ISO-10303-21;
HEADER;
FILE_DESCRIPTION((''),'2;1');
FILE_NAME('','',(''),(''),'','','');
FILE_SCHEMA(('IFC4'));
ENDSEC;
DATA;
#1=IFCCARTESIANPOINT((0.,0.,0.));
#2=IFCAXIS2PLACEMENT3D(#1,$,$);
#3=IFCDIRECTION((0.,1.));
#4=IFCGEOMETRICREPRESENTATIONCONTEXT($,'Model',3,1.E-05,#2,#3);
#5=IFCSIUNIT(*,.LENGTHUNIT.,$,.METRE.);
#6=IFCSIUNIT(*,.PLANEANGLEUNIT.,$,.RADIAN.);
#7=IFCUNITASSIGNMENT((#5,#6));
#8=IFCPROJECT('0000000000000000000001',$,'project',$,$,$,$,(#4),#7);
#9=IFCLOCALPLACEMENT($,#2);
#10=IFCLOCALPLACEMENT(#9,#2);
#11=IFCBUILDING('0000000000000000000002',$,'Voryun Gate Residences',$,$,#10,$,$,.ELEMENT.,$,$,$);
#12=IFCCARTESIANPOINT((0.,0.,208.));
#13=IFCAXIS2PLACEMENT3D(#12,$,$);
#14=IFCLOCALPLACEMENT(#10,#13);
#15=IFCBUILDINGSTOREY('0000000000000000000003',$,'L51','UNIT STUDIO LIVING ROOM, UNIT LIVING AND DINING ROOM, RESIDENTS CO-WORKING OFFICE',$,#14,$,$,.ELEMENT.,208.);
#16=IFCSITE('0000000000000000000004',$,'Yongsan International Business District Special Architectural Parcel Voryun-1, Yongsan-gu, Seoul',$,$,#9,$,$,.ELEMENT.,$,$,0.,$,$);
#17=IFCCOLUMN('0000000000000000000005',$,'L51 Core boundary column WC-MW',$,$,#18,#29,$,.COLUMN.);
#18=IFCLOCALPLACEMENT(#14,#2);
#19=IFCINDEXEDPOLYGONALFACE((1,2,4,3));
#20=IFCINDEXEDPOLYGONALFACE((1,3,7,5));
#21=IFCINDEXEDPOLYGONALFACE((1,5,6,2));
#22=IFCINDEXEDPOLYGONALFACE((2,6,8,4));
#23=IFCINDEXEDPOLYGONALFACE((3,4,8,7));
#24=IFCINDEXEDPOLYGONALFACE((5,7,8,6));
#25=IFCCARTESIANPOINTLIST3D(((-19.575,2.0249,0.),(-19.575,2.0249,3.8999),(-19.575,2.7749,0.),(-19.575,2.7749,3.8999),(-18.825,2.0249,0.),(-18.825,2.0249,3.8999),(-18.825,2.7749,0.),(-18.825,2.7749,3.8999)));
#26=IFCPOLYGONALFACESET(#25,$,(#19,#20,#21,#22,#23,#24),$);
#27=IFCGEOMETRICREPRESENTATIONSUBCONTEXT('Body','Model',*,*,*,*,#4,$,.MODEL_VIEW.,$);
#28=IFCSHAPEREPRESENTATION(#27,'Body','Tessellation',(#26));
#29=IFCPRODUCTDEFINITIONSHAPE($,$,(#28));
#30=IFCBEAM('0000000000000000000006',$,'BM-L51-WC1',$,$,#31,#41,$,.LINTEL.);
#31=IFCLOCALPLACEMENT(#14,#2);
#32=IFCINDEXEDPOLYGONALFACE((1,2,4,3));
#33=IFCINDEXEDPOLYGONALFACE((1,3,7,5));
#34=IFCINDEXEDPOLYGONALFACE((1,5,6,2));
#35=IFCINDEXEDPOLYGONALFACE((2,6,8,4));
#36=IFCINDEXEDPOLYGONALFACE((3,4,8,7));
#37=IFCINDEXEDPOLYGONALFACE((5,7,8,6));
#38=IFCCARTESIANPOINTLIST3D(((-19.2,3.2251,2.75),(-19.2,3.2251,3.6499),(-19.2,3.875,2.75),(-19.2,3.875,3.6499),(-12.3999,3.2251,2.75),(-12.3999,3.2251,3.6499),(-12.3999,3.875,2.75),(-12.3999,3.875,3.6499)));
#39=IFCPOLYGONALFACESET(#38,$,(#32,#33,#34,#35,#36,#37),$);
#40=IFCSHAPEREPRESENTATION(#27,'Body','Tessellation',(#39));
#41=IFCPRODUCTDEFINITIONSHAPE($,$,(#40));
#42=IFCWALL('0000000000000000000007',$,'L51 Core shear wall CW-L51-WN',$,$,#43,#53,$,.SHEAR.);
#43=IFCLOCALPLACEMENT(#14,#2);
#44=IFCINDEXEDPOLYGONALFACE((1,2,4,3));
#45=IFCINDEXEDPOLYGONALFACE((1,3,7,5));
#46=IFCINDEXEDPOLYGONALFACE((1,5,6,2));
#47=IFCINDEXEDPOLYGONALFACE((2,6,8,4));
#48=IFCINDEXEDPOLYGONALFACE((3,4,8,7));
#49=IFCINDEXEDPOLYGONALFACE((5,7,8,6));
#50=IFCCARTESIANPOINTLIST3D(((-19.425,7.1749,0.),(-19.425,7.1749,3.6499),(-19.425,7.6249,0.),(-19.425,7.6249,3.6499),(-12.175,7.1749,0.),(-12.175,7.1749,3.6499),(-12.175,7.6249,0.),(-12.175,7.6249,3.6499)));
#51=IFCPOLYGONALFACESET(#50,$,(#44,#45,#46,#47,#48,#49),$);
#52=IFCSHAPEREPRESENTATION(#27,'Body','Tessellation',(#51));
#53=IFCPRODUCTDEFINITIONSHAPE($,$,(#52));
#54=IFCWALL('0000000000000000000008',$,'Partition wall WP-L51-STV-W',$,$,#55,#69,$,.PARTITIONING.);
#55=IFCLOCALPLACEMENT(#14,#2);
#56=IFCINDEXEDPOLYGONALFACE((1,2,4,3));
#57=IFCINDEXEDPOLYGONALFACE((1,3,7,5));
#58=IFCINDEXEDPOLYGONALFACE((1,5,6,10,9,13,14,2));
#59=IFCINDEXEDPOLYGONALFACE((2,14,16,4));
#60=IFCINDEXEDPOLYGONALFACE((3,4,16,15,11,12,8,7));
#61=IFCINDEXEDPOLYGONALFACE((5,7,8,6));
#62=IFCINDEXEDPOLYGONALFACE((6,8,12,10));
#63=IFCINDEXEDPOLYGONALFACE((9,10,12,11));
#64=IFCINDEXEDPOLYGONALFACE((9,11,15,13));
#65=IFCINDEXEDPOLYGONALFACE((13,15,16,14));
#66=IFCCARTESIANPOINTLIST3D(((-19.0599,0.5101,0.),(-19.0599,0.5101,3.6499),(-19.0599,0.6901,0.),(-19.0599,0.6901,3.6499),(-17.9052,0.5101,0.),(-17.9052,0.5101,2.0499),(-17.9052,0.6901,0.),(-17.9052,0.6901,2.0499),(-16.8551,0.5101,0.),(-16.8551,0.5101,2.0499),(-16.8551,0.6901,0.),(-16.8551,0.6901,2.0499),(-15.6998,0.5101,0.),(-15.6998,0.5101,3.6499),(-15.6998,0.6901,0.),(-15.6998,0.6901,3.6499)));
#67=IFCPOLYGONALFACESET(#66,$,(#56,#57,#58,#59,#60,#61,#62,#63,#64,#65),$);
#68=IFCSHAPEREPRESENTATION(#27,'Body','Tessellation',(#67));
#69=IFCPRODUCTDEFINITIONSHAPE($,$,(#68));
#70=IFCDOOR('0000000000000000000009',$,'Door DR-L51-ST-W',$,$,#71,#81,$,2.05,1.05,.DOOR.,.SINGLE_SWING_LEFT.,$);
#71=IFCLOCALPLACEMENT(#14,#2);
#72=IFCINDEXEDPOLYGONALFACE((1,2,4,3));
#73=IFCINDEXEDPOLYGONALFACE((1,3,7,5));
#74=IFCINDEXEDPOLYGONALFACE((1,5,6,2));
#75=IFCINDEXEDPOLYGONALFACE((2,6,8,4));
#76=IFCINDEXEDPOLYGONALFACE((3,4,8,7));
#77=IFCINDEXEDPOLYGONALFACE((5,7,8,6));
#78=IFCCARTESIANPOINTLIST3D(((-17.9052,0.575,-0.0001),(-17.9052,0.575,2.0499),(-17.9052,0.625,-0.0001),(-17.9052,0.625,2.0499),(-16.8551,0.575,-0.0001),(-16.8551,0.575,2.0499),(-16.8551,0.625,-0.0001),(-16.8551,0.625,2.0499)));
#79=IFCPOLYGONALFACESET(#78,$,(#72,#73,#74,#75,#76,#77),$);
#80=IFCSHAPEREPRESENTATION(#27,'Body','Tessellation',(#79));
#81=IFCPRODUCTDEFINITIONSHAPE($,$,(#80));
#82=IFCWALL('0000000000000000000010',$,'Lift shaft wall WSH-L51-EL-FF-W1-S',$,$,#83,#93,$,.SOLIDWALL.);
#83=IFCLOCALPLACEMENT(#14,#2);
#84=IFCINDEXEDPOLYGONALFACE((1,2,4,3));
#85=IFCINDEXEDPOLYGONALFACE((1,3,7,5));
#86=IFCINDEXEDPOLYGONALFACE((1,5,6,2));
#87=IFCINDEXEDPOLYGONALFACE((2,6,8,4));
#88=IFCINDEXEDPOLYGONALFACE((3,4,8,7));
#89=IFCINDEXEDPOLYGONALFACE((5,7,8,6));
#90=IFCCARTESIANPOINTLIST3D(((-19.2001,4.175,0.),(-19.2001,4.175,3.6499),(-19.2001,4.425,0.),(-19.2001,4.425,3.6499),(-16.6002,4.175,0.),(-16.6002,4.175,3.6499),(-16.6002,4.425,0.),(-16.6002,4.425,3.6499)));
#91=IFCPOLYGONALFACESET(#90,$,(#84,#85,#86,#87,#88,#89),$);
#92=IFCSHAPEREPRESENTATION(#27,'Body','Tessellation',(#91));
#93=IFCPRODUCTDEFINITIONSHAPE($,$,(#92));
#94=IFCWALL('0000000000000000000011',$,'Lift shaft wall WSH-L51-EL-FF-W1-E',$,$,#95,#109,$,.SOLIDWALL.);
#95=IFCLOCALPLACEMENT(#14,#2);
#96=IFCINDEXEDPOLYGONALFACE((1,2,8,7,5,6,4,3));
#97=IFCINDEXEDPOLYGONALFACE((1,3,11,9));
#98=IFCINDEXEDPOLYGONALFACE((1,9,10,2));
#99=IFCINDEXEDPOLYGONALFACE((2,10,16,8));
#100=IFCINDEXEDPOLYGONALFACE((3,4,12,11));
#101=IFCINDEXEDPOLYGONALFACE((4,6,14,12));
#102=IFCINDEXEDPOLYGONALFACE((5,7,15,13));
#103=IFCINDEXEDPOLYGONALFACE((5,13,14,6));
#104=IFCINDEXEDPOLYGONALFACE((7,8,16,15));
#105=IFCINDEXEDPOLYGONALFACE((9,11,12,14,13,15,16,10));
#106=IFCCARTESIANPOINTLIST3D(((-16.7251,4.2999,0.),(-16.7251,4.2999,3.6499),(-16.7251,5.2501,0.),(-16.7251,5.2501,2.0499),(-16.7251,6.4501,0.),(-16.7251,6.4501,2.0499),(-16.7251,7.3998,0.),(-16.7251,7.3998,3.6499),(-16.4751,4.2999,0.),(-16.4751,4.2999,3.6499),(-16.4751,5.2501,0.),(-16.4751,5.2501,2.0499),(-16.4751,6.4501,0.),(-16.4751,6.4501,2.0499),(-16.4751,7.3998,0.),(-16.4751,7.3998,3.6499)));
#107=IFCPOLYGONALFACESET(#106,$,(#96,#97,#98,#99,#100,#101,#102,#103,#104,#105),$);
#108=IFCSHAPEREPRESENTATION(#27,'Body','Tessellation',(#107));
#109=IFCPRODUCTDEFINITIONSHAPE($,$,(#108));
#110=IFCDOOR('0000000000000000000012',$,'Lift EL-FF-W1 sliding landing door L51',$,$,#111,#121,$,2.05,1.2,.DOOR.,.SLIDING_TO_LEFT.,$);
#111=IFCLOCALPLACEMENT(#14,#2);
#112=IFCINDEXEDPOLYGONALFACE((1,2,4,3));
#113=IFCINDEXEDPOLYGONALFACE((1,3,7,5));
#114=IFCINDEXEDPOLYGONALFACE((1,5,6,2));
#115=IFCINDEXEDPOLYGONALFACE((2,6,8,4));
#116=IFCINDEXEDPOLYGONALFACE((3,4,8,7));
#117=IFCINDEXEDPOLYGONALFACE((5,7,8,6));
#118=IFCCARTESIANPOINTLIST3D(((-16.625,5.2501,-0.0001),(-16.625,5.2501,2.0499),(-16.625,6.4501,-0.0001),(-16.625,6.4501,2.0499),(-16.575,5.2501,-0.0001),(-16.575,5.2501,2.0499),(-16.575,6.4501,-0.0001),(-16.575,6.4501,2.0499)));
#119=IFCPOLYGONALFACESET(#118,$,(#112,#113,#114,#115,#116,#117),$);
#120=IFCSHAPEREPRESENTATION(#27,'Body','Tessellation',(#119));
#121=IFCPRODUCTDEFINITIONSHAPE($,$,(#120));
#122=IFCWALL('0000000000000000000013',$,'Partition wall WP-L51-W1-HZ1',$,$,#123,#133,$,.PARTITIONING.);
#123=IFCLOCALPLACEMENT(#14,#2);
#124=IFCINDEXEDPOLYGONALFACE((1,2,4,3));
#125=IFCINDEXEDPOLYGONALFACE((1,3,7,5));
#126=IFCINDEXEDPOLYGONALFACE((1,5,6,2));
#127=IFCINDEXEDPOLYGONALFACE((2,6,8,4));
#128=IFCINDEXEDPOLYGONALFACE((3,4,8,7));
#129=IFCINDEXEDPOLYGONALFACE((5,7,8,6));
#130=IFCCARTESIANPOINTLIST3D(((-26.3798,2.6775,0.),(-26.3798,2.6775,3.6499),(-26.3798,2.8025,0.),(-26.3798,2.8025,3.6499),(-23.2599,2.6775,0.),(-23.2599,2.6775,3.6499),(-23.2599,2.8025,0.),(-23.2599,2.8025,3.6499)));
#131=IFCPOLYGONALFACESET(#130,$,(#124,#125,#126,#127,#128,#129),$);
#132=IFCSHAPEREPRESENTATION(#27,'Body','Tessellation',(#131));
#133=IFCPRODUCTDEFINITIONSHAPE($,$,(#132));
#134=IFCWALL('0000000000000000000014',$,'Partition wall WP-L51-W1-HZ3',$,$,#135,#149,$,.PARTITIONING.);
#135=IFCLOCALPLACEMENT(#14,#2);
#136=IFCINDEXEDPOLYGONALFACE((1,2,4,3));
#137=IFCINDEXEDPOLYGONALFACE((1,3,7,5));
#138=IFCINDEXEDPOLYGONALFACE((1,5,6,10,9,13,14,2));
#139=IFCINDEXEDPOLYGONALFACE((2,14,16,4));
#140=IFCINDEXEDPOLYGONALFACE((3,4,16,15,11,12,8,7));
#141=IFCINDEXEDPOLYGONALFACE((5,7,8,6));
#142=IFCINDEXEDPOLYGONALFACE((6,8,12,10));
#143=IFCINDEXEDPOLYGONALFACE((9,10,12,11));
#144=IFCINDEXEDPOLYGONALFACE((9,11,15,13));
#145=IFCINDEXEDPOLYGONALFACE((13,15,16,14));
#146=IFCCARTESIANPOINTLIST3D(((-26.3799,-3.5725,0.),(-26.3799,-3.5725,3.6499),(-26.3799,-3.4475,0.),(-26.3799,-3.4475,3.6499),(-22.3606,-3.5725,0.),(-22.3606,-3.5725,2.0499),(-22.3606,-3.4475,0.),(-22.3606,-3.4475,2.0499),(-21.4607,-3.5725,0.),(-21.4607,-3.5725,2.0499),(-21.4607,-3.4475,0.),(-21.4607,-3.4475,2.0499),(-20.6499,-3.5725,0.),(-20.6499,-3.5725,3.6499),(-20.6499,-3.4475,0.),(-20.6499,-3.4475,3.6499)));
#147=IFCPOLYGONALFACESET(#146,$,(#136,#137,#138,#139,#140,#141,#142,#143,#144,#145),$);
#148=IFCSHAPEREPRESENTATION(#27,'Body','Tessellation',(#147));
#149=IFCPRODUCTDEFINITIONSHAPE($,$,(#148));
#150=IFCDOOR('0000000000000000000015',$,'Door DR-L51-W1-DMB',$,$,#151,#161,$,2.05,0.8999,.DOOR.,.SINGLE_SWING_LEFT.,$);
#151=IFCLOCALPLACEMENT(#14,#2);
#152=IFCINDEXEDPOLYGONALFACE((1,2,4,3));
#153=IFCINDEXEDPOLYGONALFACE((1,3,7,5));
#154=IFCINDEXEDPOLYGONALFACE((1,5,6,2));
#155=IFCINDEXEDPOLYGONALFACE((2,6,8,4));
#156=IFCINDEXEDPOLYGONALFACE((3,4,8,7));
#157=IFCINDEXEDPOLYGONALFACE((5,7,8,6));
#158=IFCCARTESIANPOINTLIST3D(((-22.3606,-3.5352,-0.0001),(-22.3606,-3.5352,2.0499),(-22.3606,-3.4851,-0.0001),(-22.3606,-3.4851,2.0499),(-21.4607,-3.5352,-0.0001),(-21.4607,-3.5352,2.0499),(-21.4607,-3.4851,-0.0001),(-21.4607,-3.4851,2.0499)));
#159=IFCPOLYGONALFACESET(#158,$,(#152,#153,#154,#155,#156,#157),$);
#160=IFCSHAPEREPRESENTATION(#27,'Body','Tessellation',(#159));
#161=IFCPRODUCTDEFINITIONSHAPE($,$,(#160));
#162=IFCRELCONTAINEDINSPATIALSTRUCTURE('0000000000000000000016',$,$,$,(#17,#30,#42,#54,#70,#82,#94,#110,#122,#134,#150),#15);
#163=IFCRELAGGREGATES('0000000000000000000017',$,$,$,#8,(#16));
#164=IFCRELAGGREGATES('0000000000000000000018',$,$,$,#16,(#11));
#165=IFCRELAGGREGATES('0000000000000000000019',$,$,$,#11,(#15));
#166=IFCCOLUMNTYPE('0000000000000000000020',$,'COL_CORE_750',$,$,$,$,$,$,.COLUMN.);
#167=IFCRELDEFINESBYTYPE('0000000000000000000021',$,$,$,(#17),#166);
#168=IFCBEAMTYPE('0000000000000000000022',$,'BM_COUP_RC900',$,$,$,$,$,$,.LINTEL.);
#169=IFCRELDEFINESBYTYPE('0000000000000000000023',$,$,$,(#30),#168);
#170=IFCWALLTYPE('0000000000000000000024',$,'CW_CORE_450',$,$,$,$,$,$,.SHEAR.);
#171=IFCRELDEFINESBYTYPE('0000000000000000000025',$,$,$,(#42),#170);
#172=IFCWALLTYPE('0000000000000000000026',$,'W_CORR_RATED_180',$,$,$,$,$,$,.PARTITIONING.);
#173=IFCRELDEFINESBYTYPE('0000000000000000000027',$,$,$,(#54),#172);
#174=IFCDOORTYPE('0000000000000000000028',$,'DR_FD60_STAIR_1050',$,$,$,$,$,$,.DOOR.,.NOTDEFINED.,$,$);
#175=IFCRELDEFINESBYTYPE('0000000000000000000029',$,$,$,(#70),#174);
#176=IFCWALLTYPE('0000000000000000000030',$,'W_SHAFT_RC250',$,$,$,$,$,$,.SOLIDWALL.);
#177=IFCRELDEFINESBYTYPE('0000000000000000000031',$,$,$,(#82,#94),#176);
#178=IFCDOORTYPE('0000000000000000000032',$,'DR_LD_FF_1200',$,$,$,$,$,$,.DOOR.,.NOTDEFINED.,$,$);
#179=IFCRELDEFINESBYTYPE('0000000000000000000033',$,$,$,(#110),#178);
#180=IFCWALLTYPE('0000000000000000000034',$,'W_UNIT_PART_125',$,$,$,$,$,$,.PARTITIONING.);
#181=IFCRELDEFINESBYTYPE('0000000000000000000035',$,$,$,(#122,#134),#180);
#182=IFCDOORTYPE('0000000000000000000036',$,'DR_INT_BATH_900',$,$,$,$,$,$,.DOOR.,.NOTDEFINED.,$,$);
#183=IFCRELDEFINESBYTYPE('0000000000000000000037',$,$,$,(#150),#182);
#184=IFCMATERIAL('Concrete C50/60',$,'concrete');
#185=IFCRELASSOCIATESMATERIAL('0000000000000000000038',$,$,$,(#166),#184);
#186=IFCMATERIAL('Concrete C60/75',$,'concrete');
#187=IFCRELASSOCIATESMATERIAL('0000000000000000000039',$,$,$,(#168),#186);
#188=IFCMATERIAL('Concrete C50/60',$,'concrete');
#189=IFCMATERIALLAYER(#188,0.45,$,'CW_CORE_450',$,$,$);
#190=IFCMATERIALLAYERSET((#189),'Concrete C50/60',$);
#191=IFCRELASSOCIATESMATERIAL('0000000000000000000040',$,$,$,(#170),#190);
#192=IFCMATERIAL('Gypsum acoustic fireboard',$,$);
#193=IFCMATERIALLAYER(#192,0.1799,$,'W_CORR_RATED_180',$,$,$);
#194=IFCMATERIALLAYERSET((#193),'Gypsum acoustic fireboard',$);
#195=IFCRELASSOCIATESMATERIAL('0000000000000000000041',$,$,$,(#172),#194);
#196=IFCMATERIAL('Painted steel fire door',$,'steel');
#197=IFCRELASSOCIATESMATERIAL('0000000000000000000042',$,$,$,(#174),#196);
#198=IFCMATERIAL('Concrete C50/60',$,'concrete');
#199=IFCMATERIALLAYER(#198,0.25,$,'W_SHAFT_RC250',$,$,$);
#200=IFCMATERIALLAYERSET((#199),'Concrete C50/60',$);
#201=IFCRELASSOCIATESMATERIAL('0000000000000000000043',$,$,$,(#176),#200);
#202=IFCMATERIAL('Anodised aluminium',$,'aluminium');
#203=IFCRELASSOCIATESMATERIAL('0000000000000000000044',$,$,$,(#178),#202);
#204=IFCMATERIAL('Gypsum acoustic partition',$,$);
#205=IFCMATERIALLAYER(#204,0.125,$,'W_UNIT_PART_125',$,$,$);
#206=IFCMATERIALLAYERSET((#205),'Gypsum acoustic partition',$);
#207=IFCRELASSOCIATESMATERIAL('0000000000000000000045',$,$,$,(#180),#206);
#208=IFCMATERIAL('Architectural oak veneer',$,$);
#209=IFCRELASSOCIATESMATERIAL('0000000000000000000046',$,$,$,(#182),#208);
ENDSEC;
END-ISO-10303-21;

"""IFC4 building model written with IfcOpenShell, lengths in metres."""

from ifc_helpers import new_model, si_unit, direction, frame, frame_2d, origin, origin_2d, place, context, subcontext, project, spatial, rectangle, extrude, material, layer, layer_set, material_profile, profile_set, type_object, element, fill, save


model = new_model("IFC4")

# Units and contexts
model_context = context("Model", 3, precision=1e-05, world=origin(), true_north=direction((0.0, 1.0)))
body_context = subcontext(model_context, "Body", "Model", "MODEL_VIEW")
ifc_project = project(units=[si_unit("LENGTHUNIT", "METRE"), si_unit("PLANEANGLEUNIT", "RADIAN")], contexts=[model_context])

# Site, building, storey
site_placement = place(None, origin())
site = spatial("IfcSite", under=ifc_project, at=site_placement, Name="Yongsan International Business District Special Architectural Parcel Voryun-1, Yongsan-gu, Seoul", CompositionType="ELEMENT", RefElevation=0.0)
building_placement = place(site_placement, origin())
building = spatial("IfcBuilding", under=site, at=building_placement, Name="Voryun Gate Residences", CompositionType="ELEMENT")
storey_placement = place(building_placement, frame((0.0, 0.0, 208.0)))
storey = spatial("IfcBuildingStorey", under=building, at=storey_placement, Name="L51", Description="UNIT STUDIO LIVING ROOM, UNIT LIVING AND DINING ROOM, RESIDENTS CO-WORKING OFFICE", CompositionType="ELEMENT", Elevation=208.0)

# Column
ifc_material_1 = material(Name="Concrete C50/60", Category="concrete")
ifc_material_profile_1 = material_profile(ifc_material_1, rectangle(XDim=0.75, YDim=0.75, at=origin_2d()), Name="RC-750x750")
ifc_profile_set_1 = profile_set([ifc_material_profile_1], Name="Concrete C50/60")
column_type = type_object("IfcColumnType", Name="COL_CORE_750", PredefinedType="COLUMN", material=ifc_profile_set_1)
column_placement = place(storey_placement, frame((-19.2, 2.3999, 0.0), z_axis=(0.0, 0.0, 1.0), x_axis=(1.0, 0.0, 0.0)))
element("IfcColumn", 1, at=column_placement, inside=storey, type_object=column_type, Name="L51 Core boundary column WC-MW", PredefinedType="COLUMN", context=body_context, shape_type="SweptSolid", body=[
    extrude(rectangle(XDim=0.75, YDim=0.75, at=origin_2d()), origin(), (0.0, 0.0, 1.0), 3.8999),
])

# Beam
ifc_material_2 = material(Name="Concrete C60/75", Category="concrete")
ifc_material_profile_2 = material_profile(ifc_material_2, rectangle(XDim=0.6499, YDim=0.8999, at=origin_2d()), Name="RC-650x900")
ifc_profile_set_2 = profile_set([ifc_material_profile_2], Name="Concrete C60/75")
beam_type = type_object("IfcBeamType", Name="BM_COUP_RC900", PredefinedType="LINTEL", material=ifc_profile_set_2)
beam_placement = place(storey_placement, frame((-19.2, 3.55, 3.2), z_axis=(1.0, 0.0, 0.0), x_axis=(0.0, 1.0, 0.0)))
element("IfcBeam", 2, at=beam_placement, inside=storey, type_object=beam_type, Name="BM-L51-WC1", PredefinedType="LINTEL", context=body_context, shape_type="SweptSolid", body=[
    extrude(rectangle(XDim=0.6499, YDim=0.8999, at=origin_2d()), origin(), (0.0, 0.0, 1.0), 6.8),
])

# Wall
ifc_material_3 = material(Name="Concrete C50/60", Category="concrete")
ifc_layer_1 = layer(ifc_material_3, 0.45, Name="CW_CORE_450")
ifc_layer_set_1 = layer_set([ifc_layer_1], Name="Concrete C50/60")
wall_type_1 = type_object("IfcWallType", Name="CW_CORE_450", PredefinedType="SHEAR", material=ifc_layer_set_1)
wall_1_placement = place(storey_placement, frame((-19.425, 7.3999, 0.0), z_axis=(0.0, 0.0, 1.0), x_axis=(1.0, 0.0, 0.0)))
element("IfcWall", 3, at=wall_1_placement, inside=storey, type_object=wall_type_1, Name="L51 Core shear wall CW-L51-WN", PredefinedType="SHEAR", context=body_context, shape_type="SweptSolid", body=[
    extrude(rectangle(XDim=7.25, YDim=0.45, at=frame_2d((3.625, 0.0))), origin(), (0.0, 0.0, 1.0), 3.6499),
])

# Wall, opening, door
ifc_material_4 = material(Name="Gypsum acoustic fireboard")
ifc_layer_2 = layer(ifc_material_4, 0.1799, Name="W_CORR_RATED_180")
ifc_layer_set_2 = layer_set([ifc_layer_2], Name="Gypsum acoustic fireboard")
wall_type_2 = type_object("IfcWallType", Name="W_CORR_RATED_180", PredefinedType="PARTITIONING", material=ifc_layer_set_2)
wall_2_placement = place(storey_placement, frame((-19.0601, 0.6001, 0.0), z_axis=(0.0, 0.0, 1.0), x_axis=(1.0, 0.0, 0.0)))
wall_2 = element("IfcWall", 4, at=wall_2_placement, inside=storey, type_object=wall_type_2, Name="Partition wall WP-L51-STV-W", PredefinedType="PARTITIONING", context=body_context, shape_type="SweptSolid", body=[
    extrude(rectangle(XDim=3.3601, YDim=0.1799, at=frame_2d((1.6802, 0.0))), origin(), (0.0, 0.0, 1.0), 3.6499),
])
opening_1_placement = place(wall_2_placement, frame((1.155, 0.0, 0.0)))
opening_1 = element("IfcOpeningElement", 5, at=opening_1_placement, cuts=wall_2, PredefinedType="OPENING", context=body_context, shape_type="SweptSolid", body=[
    extrude(rectangle(XDim=1.05, YDim=2.05, at=frame_2d((0.5249, 1.0249))), frame((0.0, 0.0999, 0.0), z_axis=(0.0, -1.0, 0.0), x_axis=(1.0, 0.0, 0.0)), (0.0, 0.0, 1.0), 0.2),
])
ifc_material_5 = material(Name="Painted steel fire door", Category="steel")
door_type_1 = type_object("IfcDoorType", Name="DR_FD60_STAIR_1050", OperationType="NOTDEFINED", PredefinedType="DOOR", material=ifc_material_5)
door_1_placement = place(opening_1_placement, origin())
door_1 = element("IfcDoor", 6, at=door_1_placement, inside=storey, type_object=door_type_1, Name="Door DR-L51-ST-W", OperationType="SINGLE_SWING_LEFT", OverallHeight=2.05, OverallWidth=1.05, PredefinedType="DOOR", context=body_context, shape_type="SweptSolid", body=[
    extrude(rectangle(XDim=1.05, YDim=2.05, at=frame_2d((0.5249, 1.0249))), frame((0.0, 0.0249, 0.0), z_axis=(0.0, -1.0, 0.0), x_axis=(1.0, 0.0, 0.0)), (0.0, 0.0, 1.0), 0.05),
])
fill(opening_1, door_1)

# Wall
ifc_material_6 = material(Name="Concrete C50/60", Category="concrete")
ifc_layer_3 = layer(ifc_material_6, 0.25, Name="W_SHAFT_RC250")
ifc_layer_set_3 = layer_set([ifc_layer_3], Name="Concrete C50/60")
wall_type_3 = type_object("IfcWallType", Name="W_SHAFT_RC250", PredefinedType="SOLIDWALL", material=ifc_layer_set_3)
wall_3_placement = place(storey_placement, frame((-19.2, 4.3, 0.0), z_axis=(0.0, 0.0, 1.0), x_axis=(1.0, 0.0, 0.0)))
element("IfcWall", 7, at=wall_3_placement, inside=storey, type_object=wall_type_3, Name="Lift shaft wall WSH-L51-EL-FF-W1-S", PredefinedType="SOLIDWALL", context=body_context, shape_type="SweptSolid", body=[
    extrude(rectangle(XDim=2.5999, YDim=0.25, at=frame_2d((1.2998, 0.0))), origin(), (0.0, 0.0, 1.0), 3.6499),
])

# Wall, opening, door
wall_4_placement = place(storey_placement, frame((-16.6001, 4.3, 0.0), z_axis=(0.0, 0.0, 1.0), x_axis=(0.0, 1.0, 0.0)))
wall_4 = element("IfcWall", 8, at=wall_4_placement, inside=storey, type_object=wall_type_3, Name="Lift shaft wall WSH-L51-EL-FF-W1-E", PredefinedType="SOLIDWALL", context=body_context, shape_type="SweptSolid", body=[
    extrude(rectangle(XDim=3.0999, YDim=0.25, at=frame_2d((1.5498, 0.0))), origin(), (0.0, 0.0, 1.0), 3.6499),
])
opening_2_placement = place(wall_4_placement, frame((0.95, 0.0, 0.0)))
opening_2 = element("IfcOpeningElement", 9, at=opening_2_placement, cuts=wall_4, PredefinedType="OPENING", context=body_context, shape_type="SweptSolid", body=[
    extrude(rectangle(XDim=1.2, YDim=2.05, at=frame_2d((0.6001, 1.0249))), frame((0.0, 0.135, 0.0), z_axis=(0.0, -1.0, 0.0), x_axis=(1.0, 0.0, 0.0)), (0.0, 0.0, 1.0), 0.27),
])
ifc_material_7 = material(Name="Anodised aluminium", Category="aluminium")
door_type_2 = type_object("IfcDoorType", Name="DR_LD_FF_1200", OperationType="NOTDEFINED", PredefinedType="DOOR", material=ifc_material_7)
door_2_placement = place(opening_2_placement, origin())
door_2 = element("IfcDoor", 10, at=door_2_placement, inside=storey, type_object=door_type_2, Name="Lift EL-FF-W1 sliding landing door L51", OperationType="SLIDING_TO_LEFT", OverallHeight=2.05, OverallWidth=1.2, PredefinedType="DOOR", context=body_context, shape_type="SweptSolid", body=[
    extrude(rectangle(XDim=1.2, YDim=2.05, at=frame_2d((0.6001, 1.0249))), frame((0.0, 0.0249, 0.0), z_axis=(0.0, -1.0, 0.0), x_axis=(1.0, 0.0, 0.0)), (0.0, 0.0, 1.0), 0.05),
])
fill(opening_2, door_2)

# Wall
ifc_material_8 = material(Name="Gypsum acoustic partition")
ifc_layer_4 = layer(ifc_material_8, 0.125, Name="W_UNIT_PART_125")
ifc_layer_set_4 = layer_set([ifc_layer_4], Name="Gypsum acoustic partition")
wall_type_4 = type_object("IfcWallType", Name="W_UNIT_PART_125", PredefinedType="PARTITIONING", material=ifc_layer_set_4)
wall_5_placement = place(storey_placement, frame((-26.3799, 2.74, 0.0), z_axis=(0.0, 0.0, 1.0), x_axis=(1.0, 0.0, 0.0)))
element("IfcWall", 11, at=wall_5_placement, inside=storey, type_object=wall_type_4, Name="Partition wall WP-L51-W1-HZ1", PredefinedType="PARTITIONING", context=body_context, shape_type="SweptSolid", body=[
    extrude(rectangle(XDim=3.1199, YDim=0.125, at=frame_2d((1.5601, 0.0))), origin(), (0.0, 0.0, 1.0), 3.6499),
])

# Wall, opening, door
wall_6_placement = place(storey_placement, frame((-26.3799, -3.51, 0.0), z_axis=(0.0, 0.0, 1.0), x_axis=(1.0, 0.0, 0.0)))
wall_6 = element("IfcWall", 12, at=wall_6_placement, inside=storey, type_object=wall_type_4, Name="Partition wall WP-L51-W1-HZ3", PredefinedType="PARTITIONING", context=body_context, shape_type="SweptSolid", body=[
    extrude(rectangle(XDim=5.73, YDim=0.125, at=frame_2d((2.865, 0.0))), origin(), (0.0, 0.0, 1.0), 3.6499),
])
opening_3_placement = place(wall_6_placement, frame((4.0193, 0.0, 0.0)))
opening_3 = element("IfcOpeningElement", 13, at=opening_3_placement, cuts=wall_6, PredefinedType="OPENING", context=body_context, shape_type="SweptSolid", body=[
    extrude(rectangle(XDim=0.8999, YDim=2.05, at=frame_2d((0.45, 1.0249))), frame((0.0, 0.0725, 0.0), z_axis=(0.0, -1.0, 0.0), x_axis=(1.0, 0.0, 0.0)), (0.0, 0.0, 1.0), 0.145),
])
ifc_material_9 = material(Name="Architectural oak veneer")
door_type_3 = type_object("IfcDoorType", Name="DR_INT_BATH_900", OperationType="NOTDEFINED", PredefinedType="DOOR", material=ifc_material_9)
door_3_placement = place(opening_3_placement, origin())
door_3 = element("IfcDoor", 14, at=door_3_placement, inside=storey, type_object=door_type_3, Name="Door DR-L51-W1-DMB", OperationType="SINGLE_SWING_LEFT", OverallHeight=2.05, OverallWidth=0.8999, PredefinedType="DOOR", context=body_context, shape_type="SweptSolid", body=[
    extrude(rectangle(XDim=0.8999, YDim=2.05, at=frame_2d((0.45, 1.0249))), frame((0.0, 0.0249, 0.0), z_axis=(0.0, -1.0, 0.0), x_axis=(1.0, 0.0, 0.0)), (0.0, 0.0, 1.0), 0.05),
])
fill(opening_3, door_3)

save(model, "model.ifc")
